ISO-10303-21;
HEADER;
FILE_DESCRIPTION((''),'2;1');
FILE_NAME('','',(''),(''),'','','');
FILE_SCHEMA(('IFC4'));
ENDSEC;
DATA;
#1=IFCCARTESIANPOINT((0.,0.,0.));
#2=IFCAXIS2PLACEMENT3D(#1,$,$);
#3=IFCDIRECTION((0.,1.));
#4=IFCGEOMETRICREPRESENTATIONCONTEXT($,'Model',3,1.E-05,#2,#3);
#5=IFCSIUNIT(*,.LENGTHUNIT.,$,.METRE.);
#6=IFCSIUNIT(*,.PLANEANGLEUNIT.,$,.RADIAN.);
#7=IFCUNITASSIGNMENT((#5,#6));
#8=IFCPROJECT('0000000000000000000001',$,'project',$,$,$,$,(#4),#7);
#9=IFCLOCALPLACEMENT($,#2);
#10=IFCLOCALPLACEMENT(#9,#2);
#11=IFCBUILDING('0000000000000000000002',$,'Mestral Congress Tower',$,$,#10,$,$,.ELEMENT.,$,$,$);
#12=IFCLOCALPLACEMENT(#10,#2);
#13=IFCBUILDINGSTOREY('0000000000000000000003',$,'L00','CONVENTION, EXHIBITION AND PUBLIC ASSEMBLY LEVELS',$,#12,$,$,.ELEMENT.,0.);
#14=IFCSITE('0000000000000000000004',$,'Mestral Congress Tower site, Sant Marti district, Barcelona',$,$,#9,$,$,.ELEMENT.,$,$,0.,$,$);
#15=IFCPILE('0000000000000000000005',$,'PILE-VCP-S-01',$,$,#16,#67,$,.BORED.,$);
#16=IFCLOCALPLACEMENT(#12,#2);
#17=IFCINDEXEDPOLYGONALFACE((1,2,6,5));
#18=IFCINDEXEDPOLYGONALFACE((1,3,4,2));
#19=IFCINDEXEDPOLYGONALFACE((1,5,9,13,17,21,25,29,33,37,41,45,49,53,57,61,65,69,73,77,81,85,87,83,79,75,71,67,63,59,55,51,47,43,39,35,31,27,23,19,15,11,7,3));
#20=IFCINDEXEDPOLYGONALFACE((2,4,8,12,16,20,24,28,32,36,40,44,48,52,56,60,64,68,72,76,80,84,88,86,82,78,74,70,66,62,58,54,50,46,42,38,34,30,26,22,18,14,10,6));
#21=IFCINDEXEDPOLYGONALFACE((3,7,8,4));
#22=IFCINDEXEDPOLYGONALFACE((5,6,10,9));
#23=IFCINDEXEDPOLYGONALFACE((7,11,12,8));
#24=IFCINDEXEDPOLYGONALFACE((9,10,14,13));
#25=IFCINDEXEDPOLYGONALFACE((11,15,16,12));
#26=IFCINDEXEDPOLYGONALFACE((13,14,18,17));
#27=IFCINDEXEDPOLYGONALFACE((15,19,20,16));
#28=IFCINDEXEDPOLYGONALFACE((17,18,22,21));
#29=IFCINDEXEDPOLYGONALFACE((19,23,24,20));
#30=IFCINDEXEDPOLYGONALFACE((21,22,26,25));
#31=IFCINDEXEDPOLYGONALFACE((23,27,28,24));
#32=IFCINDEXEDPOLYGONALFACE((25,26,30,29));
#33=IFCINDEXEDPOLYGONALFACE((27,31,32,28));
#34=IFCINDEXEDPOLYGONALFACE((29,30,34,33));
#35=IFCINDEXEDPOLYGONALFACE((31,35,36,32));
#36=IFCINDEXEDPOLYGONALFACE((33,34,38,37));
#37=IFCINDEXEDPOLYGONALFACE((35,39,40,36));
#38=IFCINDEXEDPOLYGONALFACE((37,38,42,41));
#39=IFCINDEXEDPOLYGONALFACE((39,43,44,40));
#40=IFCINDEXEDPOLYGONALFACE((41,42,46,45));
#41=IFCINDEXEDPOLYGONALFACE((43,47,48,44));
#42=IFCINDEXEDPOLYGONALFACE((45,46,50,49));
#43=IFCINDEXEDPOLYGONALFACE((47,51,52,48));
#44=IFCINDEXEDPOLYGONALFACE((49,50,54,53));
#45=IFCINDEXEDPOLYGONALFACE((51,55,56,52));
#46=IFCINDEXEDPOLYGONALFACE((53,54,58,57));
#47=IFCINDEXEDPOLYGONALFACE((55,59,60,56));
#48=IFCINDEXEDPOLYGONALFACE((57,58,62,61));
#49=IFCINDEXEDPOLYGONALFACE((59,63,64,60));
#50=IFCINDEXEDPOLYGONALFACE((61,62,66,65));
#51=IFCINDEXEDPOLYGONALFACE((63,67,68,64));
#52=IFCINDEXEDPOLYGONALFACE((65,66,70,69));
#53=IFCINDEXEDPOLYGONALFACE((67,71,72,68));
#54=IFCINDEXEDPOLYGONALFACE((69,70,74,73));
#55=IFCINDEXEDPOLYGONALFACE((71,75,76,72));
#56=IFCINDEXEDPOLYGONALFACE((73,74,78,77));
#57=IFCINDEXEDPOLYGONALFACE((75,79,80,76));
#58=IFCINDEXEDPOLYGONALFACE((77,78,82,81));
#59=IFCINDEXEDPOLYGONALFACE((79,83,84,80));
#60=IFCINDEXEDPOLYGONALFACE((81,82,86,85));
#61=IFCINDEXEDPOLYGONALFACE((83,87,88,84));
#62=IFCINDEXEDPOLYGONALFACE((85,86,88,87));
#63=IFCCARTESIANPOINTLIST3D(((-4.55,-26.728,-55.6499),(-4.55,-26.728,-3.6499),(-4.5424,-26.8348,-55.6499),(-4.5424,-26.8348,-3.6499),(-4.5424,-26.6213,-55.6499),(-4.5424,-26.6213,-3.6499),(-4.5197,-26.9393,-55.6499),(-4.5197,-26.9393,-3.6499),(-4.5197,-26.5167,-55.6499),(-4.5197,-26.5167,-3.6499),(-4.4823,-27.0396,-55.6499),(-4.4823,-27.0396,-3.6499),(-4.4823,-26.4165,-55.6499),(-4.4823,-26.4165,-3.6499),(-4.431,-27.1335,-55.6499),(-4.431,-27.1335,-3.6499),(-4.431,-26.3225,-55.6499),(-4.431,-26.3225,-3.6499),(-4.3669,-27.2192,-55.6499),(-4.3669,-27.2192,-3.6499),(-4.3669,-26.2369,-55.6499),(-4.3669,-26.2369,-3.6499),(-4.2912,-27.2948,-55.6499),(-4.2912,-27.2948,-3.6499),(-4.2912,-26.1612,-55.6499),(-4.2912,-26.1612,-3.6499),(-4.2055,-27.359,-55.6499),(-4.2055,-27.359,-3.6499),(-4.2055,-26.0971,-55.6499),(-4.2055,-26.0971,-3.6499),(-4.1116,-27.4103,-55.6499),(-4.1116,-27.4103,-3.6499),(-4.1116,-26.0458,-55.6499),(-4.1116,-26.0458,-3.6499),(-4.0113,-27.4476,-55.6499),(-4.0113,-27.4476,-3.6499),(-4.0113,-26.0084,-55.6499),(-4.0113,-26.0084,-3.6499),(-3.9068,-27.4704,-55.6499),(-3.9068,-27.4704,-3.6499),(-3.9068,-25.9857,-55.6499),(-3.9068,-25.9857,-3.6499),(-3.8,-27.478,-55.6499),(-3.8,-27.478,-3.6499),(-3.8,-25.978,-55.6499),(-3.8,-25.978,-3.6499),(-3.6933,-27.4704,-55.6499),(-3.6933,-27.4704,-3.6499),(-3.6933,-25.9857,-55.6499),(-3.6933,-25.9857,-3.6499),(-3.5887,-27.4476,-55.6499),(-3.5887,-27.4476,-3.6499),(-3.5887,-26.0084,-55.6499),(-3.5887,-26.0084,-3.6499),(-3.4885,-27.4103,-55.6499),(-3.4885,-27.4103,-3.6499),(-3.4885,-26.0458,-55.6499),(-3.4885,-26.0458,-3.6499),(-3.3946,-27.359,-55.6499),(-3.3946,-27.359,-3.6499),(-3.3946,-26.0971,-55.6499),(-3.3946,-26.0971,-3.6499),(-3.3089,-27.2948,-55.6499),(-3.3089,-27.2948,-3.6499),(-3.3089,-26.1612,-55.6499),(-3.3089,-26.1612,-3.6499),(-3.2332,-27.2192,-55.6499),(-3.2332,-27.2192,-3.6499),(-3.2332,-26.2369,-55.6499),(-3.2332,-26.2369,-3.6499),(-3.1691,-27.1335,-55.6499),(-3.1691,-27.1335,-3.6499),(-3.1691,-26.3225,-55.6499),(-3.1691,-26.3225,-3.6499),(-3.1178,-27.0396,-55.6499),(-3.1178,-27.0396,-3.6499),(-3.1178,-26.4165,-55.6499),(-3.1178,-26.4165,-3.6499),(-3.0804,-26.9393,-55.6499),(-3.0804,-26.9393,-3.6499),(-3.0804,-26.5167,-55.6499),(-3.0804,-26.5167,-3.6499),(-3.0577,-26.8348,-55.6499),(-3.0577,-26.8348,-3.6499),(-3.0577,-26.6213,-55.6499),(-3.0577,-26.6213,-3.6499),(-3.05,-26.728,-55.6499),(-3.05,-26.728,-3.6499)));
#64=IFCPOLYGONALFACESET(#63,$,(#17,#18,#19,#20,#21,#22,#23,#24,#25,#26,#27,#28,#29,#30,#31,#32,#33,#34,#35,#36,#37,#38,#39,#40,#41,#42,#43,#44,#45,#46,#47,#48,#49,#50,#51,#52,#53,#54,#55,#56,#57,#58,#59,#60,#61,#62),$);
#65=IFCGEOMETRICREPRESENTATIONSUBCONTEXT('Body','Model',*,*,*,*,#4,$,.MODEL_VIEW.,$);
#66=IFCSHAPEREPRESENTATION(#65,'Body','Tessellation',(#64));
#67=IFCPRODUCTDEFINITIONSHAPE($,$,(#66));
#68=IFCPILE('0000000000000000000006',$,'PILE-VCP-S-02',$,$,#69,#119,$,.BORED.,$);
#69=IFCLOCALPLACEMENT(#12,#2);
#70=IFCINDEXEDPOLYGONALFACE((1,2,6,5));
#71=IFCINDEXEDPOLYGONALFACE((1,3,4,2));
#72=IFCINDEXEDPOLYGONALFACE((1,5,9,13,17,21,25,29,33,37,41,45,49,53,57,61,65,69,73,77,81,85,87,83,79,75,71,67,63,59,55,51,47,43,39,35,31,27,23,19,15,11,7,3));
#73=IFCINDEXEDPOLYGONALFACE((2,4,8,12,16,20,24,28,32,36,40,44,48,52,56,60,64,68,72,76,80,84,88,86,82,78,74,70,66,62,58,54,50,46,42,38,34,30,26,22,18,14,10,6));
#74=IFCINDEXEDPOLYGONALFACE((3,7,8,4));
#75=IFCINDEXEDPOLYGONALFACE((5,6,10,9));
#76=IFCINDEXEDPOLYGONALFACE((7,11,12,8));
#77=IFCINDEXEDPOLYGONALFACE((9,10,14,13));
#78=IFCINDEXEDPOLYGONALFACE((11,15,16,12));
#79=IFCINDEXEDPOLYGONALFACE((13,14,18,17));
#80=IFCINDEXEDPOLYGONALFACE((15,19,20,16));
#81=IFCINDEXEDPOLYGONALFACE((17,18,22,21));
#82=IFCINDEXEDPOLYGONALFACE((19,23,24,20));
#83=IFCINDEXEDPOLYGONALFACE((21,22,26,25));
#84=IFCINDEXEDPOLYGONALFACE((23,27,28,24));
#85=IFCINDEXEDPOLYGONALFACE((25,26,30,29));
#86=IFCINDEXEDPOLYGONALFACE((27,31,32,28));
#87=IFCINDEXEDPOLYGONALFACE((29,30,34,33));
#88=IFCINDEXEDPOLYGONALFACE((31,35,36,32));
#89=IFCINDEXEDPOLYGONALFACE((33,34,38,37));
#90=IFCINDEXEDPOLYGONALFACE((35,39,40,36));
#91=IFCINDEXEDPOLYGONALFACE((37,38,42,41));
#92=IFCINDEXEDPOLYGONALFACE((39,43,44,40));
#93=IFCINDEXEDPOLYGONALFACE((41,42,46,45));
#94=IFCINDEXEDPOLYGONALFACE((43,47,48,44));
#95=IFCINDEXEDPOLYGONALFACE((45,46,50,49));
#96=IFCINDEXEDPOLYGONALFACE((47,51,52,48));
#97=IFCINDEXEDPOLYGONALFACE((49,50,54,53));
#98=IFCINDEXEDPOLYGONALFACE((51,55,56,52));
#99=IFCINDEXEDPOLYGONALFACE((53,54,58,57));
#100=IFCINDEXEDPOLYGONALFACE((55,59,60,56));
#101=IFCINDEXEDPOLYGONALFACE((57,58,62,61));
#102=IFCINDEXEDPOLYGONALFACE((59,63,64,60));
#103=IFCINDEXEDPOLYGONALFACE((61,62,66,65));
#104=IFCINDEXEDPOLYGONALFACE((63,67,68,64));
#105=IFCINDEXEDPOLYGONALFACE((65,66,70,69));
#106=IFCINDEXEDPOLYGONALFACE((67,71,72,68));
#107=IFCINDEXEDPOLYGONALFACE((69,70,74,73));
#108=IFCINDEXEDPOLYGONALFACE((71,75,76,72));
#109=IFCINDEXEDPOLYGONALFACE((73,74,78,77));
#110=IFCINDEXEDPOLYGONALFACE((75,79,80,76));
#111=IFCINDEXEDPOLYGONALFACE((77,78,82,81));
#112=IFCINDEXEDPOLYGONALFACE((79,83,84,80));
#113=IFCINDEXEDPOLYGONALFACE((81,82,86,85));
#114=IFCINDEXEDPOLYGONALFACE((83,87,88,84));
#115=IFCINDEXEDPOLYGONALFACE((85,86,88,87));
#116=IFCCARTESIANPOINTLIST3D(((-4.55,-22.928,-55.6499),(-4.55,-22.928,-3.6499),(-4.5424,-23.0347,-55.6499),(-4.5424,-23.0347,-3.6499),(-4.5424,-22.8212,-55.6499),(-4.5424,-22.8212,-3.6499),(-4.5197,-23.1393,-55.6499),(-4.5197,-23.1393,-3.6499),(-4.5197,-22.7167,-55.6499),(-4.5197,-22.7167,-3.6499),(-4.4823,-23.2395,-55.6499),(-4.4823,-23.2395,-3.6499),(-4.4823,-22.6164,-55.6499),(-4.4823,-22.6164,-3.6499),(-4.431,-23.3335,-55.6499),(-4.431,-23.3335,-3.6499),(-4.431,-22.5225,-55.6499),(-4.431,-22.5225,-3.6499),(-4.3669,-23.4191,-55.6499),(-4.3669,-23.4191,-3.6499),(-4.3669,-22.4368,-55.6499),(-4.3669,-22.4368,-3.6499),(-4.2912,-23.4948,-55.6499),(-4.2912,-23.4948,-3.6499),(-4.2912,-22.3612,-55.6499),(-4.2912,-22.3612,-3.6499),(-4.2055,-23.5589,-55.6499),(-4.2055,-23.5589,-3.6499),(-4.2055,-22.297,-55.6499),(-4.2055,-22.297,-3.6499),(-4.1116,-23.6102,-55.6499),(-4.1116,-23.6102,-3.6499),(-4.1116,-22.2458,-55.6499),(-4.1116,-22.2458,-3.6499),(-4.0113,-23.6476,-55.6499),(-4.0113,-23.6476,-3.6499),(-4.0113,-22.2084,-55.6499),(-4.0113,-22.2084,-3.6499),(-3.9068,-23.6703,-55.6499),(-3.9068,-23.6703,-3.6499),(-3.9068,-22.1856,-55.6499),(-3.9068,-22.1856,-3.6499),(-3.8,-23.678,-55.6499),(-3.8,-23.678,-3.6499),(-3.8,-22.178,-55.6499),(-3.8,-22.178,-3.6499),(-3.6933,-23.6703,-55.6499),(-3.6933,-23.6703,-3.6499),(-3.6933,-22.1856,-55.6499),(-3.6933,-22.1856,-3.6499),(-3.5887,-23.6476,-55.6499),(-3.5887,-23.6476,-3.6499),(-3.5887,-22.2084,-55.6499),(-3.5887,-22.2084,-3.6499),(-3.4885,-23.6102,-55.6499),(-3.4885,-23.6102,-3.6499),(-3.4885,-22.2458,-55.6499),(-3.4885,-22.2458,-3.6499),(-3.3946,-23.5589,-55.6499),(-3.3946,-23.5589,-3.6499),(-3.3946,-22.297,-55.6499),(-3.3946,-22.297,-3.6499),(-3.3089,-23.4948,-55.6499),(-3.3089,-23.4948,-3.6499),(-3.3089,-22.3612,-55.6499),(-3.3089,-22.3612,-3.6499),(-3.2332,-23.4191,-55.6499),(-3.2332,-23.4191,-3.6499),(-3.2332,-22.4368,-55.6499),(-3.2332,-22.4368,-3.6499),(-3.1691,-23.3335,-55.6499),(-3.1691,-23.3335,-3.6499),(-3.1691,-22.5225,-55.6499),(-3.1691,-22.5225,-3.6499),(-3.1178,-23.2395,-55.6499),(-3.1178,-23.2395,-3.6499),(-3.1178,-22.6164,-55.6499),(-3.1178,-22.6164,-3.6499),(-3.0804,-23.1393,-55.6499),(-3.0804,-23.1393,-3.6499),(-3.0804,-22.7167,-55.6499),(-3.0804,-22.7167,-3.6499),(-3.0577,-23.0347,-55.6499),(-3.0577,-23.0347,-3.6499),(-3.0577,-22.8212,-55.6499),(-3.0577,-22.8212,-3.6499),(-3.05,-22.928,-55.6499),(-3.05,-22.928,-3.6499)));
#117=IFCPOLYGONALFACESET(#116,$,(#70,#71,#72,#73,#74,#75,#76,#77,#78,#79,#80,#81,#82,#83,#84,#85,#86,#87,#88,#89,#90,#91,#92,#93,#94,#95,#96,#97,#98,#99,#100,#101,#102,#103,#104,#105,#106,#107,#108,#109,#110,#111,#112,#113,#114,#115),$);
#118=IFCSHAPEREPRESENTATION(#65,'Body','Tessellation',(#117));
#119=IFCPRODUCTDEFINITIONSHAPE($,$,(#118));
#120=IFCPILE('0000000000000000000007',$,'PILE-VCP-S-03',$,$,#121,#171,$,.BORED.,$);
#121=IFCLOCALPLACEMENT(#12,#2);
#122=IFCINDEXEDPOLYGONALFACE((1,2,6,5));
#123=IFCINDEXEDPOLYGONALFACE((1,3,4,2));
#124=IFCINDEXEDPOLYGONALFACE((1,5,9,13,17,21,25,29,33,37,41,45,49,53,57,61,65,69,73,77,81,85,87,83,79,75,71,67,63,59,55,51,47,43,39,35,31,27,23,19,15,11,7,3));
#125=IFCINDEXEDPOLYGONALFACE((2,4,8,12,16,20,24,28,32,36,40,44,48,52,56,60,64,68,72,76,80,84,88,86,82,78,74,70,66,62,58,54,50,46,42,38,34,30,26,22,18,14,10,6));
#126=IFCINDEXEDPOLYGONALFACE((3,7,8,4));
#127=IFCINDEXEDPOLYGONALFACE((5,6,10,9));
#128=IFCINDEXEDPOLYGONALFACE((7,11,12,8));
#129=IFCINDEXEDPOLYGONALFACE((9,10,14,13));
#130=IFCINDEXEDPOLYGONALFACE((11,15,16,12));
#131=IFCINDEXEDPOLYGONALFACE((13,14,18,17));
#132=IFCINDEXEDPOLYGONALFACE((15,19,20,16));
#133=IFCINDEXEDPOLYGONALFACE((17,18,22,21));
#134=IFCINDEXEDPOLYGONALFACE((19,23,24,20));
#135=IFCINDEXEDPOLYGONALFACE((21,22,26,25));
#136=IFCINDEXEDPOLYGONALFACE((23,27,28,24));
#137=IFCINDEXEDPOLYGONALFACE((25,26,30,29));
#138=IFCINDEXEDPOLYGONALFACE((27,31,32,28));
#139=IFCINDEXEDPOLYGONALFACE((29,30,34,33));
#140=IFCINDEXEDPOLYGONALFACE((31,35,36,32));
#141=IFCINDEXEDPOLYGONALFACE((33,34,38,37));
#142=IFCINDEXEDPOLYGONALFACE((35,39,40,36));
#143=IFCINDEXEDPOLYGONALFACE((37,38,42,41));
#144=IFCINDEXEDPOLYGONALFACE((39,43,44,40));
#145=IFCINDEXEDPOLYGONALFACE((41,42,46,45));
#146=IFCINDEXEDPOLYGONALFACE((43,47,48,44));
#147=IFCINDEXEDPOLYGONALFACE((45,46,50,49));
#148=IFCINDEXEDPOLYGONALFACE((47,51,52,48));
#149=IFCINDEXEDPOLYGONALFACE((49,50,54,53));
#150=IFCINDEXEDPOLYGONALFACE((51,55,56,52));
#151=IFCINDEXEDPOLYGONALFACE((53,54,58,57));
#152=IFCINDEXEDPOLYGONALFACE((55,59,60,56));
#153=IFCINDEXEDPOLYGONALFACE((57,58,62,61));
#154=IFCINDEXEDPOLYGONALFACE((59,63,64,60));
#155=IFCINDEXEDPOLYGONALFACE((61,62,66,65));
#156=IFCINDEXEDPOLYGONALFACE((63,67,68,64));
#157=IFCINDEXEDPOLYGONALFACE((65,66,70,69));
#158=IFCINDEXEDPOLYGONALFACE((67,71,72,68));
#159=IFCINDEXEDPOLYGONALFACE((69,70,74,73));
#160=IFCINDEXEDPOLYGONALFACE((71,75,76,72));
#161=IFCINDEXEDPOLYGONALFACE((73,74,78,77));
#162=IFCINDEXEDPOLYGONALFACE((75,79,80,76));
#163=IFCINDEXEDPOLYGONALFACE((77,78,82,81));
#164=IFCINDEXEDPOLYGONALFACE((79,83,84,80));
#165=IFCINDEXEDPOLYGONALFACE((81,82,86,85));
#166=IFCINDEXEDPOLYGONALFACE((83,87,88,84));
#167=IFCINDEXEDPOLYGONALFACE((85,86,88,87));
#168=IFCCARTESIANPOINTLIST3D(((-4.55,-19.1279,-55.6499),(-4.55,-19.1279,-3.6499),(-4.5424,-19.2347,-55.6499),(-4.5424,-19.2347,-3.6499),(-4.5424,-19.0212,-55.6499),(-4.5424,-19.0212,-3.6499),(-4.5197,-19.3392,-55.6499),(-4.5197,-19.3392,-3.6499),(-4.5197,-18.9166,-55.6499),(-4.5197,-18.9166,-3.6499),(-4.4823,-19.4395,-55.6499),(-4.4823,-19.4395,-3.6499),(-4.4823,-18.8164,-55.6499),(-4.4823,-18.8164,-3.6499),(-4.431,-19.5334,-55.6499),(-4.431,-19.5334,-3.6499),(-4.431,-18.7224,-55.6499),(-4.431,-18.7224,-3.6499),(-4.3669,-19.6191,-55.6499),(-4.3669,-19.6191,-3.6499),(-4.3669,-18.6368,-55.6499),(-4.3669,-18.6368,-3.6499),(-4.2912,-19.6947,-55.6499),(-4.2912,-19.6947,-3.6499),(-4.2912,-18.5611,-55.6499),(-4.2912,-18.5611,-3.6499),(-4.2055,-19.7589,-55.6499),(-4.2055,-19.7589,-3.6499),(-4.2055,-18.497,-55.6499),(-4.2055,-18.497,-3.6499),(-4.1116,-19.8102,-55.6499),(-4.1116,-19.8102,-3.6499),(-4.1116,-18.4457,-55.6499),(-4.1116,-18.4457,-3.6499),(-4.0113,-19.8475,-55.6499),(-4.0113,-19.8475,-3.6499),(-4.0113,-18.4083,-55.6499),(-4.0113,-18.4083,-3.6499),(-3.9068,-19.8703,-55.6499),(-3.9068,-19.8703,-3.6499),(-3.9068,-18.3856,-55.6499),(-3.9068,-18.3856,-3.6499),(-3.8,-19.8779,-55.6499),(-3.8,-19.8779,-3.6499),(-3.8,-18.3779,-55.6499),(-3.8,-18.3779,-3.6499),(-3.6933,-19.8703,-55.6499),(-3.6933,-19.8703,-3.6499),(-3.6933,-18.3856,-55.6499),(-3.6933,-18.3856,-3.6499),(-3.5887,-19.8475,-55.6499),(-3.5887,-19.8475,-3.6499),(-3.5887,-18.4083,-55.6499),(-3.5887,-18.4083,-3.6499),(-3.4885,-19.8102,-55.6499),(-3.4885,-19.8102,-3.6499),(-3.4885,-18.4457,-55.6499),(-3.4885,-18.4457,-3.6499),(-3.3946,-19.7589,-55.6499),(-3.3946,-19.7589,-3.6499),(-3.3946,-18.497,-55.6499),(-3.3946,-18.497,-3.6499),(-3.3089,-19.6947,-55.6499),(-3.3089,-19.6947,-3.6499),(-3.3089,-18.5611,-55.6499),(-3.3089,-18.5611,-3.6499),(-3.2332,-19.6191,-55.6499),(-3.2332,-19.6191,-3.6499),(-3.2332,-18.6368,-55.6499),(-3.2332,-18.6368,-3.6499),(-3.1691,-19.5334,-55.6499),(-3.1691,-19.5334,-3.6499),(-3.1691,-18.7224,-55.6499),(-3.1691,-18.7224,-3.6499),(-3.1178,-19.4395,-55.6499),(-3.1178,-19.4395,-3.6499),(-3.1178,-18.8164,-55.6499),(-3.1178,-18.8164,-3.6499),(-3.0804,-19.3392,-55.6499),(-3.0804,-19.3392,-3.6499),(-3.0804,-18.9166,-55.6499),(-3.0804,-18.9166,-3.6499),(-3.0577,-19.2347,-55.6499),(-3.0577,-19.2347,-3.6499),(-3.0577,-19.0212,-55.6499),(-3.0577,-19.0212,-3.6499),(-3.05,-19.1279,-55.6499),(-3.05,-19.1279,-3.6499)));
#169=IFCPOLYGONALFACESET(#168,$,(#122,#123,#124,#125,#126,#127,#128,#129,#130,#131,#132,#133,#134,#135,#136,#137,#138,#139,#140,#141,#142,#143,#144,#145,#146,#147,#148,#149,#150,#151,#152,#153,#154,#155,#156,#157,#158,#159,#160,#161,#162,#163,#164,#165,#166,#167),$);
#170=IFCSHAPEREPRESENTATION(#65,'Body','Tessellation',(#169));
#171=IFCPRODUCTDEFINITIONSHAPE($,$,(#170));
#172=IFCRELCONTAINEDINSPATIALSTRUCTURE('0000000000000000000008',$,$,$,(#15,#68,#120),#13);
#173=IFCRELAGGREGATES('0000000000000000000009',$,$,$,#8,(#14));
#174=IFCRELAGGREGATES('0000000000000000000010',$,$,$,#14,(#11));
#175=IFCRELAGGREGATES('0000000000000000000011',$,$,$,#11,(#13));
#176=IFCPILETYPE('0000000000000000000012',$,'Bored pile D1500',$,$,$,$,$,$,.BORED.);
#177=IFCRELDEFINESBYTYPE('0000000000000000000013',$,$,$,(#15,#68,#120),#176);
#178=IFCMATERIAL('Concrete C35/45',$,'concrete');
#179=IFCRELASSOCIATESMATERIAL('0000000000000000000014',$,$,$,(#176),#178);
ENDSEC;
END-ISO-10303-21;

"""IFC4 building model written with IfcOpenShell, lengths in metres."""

from ifc_helpers import new_model, si_unit, direction, frame, origin, origin_2d, place, context, subcontext, project, spatial, circle, extrude, material, material_profile, profile_set, type_object, element, save


model = new_model("IFC4")

# Units and contexts
model_context = context("Model", 3, precision=1e-05, world=origin(), true_north=direction((0.0, 1.0)))
body_context = subcontext(model_context, "Body", "Model", "MODEL_VIEW")
ifc_project = project(units=[si_unit("LENGTHUNIT", "METRE"), si_unit("PLANEANGLEUNIT", "RADIAN")], contexts=[model_context])

# Site, building, storey
site_placement = place(None, origin())
site = spatial("IfcSite", under=ifc_project, at=site_placement, Name="Mestral Congress Tower site, Sant Marti district, Barcelona", CompositionType="ELEMENT", RefElevation=0.0)
building_placement = place(site_placement, origin())
building = spatial("IfcBuilding", under=site, at=building_placement, Name="Mestral Congress Tower", CompositionType="ELEMENT")
storey_placement = place(building_placement, origin())
storey = spatial("IfcBuildingStorey", under=building, at=storey_placement, Name="L00", Description="CONVENTION, EXHIBITION AND PUBLIC ASSEMBLY LEVELS", CompositionType="ELEMENT", Elevation=0.0)

# Piles
ifc_material_1 = material(Name="Concrete C35/45", Category="concrete")
ifc_material_profile_1 = material_profile(ifc_material_1, circle(Radius=0.75, at=origin_2d()), Name="D1500")
ifc_profile_set_1 = profile_set([ifc_material_profile_1], Name="Concrete C35/45")
pile_type = type_object("IfcPileType", Name="Bored pile D1500", PredefinedType="BORED", material=ifc_profile_set_1)
for number, where, z_axis, x_axis, name in (
    (1, (-3.8, -26.728, -3.6499), (0.0, 0.0, -1.0), (1.0, 0.0, 0.0), "PILE-VCP-S-01"),
    (2, (-3.8, -22.928, -3.6499), (0.0, 0.0, -1.0), (1.0, 0.0, 0.0), "PILE-VCP-S-02"),
    (3, (-3.8, -19.1279, -3.6499), (0.0, 0.0, -1.0), (1.0, 0.0, 0.0), "PILE-VCP-S-03"),
):
    element("IfcPile", number, at=place(storey_placement, frame(where, z_axis=z_axis, x_axis=x_axis)), inside=storey, type_object=pile_type, Name=name, PredefinedType="BORED", context=body_context, shape_type="SweptSolid", body=[
        extrude(circle(Radius=0.75, at=origin_2d()), origin(), (0.0, 0.0, 1.0), 52.0),
    ])

save(model, "model.ifc")
